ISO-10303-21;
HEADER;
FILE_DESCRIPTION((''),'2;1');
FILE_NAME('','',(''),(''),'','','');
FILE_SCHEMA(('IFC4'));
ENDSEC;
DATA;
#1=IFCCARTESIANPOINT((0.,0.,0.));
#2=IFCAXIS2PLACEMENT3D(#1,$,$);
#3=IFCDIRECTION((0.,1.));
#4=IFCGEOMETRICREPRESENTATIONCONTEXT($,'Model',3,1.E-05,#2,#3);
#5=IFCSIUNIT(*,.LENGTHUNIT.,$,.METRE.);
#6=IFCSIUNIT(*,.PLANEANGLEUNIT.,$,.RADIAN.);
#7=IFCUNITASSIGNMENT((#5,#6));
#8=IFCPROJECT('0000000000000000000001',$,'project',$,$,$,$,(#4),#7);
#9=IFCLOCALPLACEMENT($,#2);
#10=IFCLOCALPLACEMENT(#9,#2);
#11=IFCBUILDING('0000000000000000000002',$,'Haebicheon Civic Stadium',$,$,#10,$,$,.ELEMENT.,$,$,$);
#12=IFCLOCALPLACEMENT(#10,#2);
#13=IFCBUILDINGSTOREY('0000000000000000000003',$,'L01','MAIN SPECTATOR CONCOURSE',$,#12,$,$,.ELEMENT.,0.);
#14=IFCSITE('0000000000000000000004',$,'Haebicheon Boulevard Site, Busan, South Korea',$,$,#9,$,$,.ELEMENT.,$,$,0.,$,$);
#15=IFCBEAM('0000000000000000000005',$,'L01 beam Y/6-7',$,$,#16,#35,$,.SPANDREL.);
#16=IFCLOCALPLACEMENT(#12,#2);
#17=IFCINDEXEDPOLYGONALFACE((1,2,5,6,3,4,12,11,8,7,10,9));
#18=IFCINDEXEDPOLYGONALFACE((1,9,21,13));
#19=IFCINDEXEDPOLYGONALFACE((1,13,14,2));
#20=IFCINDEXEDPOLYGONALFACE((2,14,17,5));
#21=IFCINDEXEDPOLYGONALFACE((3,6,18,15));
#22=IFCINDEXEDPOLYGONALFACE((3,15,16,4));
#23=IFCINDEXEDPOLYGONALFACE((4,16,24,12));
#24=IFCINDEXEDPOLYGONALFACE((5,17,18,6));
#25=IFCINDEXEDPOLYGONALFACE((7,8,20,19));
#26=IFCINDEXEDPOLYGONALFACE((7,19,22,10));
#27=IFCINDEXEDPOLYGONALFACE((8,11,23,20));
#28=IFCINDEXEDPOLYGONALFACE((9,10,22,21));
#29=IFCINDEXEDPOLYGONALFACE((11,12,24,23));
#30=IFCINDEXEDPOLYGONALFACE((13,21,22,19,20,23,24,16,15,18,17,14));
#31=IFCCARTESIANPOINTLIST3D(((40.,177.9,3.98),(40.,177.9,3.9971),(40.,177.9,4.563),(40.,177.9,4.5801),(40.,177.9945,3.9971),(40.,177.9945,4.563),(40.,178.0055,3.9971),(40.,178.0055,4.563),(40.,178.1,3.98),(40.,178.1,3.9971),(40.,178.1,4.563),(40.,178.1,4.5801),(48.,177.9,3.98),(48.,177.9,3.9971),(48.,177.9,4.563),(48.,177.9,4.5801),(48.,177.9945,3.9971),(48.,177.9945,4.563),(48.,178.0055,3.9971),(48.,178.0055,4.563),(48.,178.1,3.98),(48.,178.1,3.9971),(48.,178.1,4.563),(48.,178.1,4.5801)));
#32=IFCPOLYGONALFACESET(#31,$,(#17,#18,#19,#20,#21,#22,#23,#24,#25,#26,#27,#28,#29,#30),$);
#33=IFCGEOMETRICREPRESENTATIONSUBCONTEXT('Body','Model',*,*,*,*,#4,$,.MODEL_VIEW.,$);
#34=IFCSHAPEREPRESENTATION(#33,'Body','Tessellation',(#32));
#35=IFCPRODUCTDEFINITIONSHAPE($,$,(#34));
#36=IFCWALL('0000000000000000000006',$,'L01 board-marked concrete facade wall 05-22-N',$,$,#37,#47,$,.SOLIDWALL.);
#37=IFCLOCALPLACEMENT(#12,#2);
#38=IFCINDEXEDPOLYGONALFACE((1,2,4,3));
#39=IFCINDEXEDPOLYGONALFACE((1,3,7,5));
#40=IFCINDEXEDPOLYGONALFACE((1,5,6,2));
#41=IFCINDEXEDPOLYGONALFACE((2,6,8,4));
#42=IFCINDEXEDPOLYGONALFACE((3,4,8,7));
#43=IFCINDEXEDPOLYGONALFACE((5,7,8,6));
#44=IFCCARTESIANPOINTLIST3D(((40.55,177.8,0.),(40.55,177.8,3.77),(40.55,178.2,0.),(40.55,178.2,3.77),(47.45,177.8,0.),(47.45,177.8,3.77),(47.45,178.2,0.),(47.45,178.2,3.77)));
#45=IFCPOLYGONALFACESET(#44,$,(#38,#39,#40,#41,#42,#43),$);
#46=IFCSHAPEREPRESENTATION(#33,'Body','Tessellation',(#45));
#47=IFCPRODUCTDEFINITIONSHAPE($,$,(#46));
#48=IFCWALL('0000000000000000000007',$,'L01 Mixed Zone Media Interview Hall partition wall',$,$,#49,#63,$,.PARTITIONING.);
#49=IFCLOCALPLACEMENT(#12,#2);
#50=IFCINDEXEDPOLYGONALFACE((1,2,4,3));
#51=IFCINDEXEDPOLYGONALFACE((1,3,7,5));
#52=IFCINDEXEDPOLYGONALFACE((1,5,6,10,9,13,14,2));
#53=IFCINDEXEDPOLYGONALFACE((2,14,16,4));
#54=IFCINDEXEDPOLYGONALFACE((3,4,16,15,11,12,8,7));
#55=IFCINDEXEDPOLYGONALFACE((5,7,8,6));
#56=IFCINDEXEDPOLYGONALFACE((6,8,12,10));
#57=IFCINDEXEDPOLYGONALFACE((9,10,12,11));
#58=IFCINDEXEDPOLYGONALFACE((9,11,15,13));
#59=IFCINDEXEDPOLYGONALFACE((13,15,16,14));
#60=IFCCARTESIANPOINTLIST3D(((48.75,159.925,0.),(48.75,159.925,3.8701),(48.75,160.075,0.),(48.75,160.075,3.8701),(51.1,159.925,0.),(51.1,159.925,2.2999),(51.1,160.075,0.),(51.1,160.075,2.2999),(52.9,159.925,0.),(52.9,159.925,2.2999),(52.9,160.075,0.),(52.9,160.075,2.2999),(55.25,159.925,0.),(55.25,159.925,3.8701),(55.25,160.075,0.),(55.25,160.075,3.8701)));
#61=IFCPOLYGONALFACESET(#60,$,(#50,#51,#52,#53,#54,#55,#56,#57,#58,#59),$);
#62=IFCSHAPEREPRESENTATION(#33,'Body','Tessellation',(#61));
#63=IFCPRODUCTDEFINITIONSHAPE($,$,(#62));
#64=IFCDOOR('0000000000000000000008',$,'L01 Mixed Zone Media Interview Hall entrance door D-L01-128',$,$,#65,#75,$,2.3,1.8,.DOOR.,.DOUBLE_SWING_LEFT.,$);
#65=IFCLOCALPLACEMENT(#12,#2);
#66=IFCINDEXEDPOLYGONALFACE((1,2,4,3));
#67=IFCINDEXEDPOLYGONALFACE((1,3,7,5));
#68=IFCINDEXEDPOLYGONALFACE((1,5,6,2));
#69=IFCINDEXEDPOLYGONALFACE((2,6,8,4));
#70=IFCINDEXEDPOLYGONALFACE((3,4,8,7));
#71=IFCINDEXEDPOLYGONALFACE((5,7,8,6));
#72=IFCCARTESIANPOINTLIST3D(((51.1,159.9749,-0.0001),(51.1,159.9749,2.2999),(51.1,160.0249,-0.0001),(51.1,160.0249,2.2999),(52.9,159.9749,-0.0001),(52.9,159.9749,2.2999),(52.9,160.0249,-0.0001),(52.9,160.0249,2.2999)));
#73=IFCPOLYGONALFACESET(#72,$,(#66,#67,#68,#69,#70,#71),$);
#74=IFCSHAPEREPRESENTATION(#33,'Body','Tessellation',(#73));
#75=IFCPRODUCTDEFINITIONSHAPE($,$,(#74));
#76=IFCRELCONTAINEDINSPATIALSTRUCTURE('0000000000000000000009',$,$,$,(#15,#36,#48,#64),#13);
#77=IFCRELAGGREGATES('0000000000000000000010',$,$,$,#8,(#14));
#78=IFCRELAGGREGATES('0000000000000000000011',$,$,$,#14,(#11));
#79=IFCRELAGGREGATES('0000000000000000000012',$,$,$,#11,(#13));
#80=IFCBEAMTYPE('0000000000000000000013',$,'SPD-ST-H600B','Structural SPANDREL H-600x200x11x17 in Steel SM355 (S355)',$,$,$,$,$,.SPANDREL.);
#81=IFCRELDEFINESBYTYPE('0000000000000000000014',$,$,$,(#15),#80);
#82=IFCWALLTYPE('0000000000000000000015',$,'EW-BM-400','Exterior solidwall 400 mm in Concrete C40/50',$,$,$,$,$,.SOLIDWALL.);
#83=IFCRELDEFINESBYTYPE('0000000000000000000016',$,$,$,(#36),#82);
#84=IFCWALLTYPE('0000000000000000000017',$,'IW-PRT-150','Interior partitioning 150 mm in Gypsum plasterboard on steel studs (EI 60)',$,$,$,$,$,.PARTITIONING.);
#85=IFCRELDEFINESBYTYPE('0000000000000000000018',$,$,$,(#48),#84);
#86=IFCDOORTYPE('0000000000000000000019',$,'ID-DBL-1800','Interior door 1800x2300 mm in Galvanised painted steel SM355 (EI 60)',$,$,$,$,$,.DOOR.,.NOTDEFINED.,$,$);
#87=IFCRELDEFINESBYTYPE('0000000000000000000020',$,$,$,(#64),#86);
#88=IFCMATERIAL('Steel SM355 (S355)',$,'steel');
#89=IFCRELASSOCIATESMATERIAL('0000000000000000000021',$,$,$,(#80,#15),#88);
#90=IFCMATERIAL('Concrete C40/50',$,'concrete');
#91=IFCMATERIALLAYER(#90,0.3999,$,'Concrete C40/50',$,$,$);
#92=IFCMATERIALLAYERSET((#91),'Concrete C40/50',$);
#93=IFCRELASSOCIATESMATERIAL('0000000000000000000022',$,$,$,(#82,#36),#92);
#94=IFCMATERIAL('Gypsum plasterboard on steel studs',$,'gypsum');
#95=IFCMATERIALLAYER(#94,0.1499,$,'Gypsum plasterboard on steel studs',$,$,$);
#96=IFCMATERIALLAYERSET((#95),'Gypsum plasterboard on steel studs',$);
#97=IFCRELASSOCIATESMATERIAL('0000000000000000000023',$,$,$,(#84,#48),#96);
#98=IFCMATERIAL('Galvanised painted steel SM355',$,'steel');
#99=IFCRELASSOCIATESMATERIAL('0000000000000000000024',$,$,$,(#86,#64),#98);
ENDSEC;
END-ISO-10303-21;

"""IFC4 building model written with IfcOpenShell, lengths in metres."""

from ifc_helpers import new_model, si_unit, direction, frame, frame_2d, origin, origin_2d, place, context, subcontext, project, spatial, rectangle, i_section, extrude, material, layer, layer_set, material_profile, profile_set, type_object, element, fill, save


model = new_model("IFC4")

# Units and contexts
model_context = context("Model", 3, precision=1e-05, world=origin(), true_north=direction((0.0, 1.0)))
body_context = subcontext(model_context, "Body", "Model", "MODEL_VIEW")
ifc_project = project(units=[si_unit("LENGTHUNIT", "METRE"), si_unit("PLANEANGLEUNIT", "RADIAN")], contexts=[model_context])

# Site, building, storey
site_placement = place(None, origin())
site = spatial("IfcSite", under=ifc_project, at=site_placement, Name="Haebicheon Boulevard Site, Busan, South Korea", CompositionType="ELEMENT", RefElevation=0.0)
building_placement = place(site_placement, origin())
building = spatial("IfcBuilding", under=site, at=building_placement, Name="Haebicheon Civic Stadium", CompositionType="ELEMENT")
storey_placement = place(building_placement, origin())
storey = spatial("IfcBuildingStorey", under=building, at=storey_placement, Name="L01", Description="MAIN SPECTATOR CONCOURSE", CompositionType="ELEMENT", Elevation=0.0)

# Beam
ifc_material_1 = material(Name="Steel SM355 (S355)", Category="steel")
ifc_material_profile_1 = material_profile(ifc_material_1, i_section(OverallWidth=0.2, OverallDepth=0.6001, WebThickness=0.011, FlangeThickness=0.0171, at=origin_2d()), Name="H-600x200x11x17")
ifc_profile_set_1 = profile_set([ifc_material_profile_1], Name="Steel SM355 (S355)")
beam_type_1 = type_object("IfcBeamType", Name="SPD-ST-H600B", Description="Structural SPANDREL H-600x200x11x17 in Steel SM355 (S355)", PredefinedType="SPANDREL", material=ifc_profile_set_1)
beam_placement = place(storey_placement, frame((40.0, 178.0, 4.28), z_axis=(1.0, 0.0, 0.0), x_axis=(0.0, 1.0, 0.0)))
element("IfcBeam", 1, at=beam_placement, inside=storey, type_object=beam_type_1, material=ifc_profile_set_1, Name="L01 beam Y/6-7", PredefinedType="SPANDREL", context=body_context, shape_type="SweptSolid", body=[
    extrude(i_section(OverallWidth=0.2, OverallDepth=0.6001, WebThickness=0.011, FlangeThickness=0.0171, at=origin_2d()), origin(), (0.0, 0.0, 1.0), 8.0),
])

# Wall
ifc_material_2 = material(Name="Concrete C40/50", Category="concrete")
ifc_layer_1 = layer(ifc_material_2, 0.3999, Name="Concrete C40/50")
ifc_layer_set_1 = layer_set([ifc_layer_1], Name="Concrete C40/50")
wall_type_1 = type_object("IfcWallType", Name="EW-BM-400", Description="Exterior solidwall 400 mm in Concrete C40/50", PredefinedType="SOLIDWALL", material=ifc_layer_set_1)
wall_1_placement = place(storey_placement, frame((40.55, 178.0, 0.0), z_axis=(0.0, 0.0, 1.0), x_axis=(1.0, 0.0, 0.0)))
element("IfcWall", 2, at=wall_1_placement, inside=storey, type_object=wall_type_1, material=ifc_layer_set_1, Name="L01 board-marked concrete facade wall 05-22-N", PredefinedType="SOLIDWALL", context=body_context, shape_type="SweptSolid", body=[
    extrude(rectangle(XDim=6.8999, YDim=0.3999, at=frame_2d((3.45, 0.0))), origin(), (0.0, 0.0, 1.0), 3.77),
])

# Wall, opening, door
ifc_material_3 = material(Name="Gypsum plasterboard on steel studs", Category="gypsum")
ifc_layer_2 = layer(ifc_material_3, 0.1499, Name="Gypsum plasterboard on steel studs")
ifc_layer_set_2 = layer_set([ifc_layer_2], Name="Gypsum plasterboard on steel studs")
wall_type_2 = type_object("IfcWallType", Name="IW-PRT-150", Description="Interior partitioning 150 mm in Gypsum plasterboard on steel studs (EI 60)", PredefinedType="PARTITIONING", material=ifc_layer_set_2)
wall_2_placement = place(storey_placement, frame((48.75, 160.0, 0.0), z_axis=(0.0, 0.0, 1.0), x_axis=(1.0, 0.0, 0.0)))
wall_2 = element("IfcWall", 3, at=wall_2_placement, inside=storey, type_object=wall_type_2, material=ifc_layer_set_2, Name="L01 Mixed Zone Media Interview Hall partition wall", PredefinedType="PARTITIONING", context=body_context, shape_type="SweptSolid", body=[
    extrude(rectangle(XDim=6.5, YDim=0.1499, at=frame_2d((3.25, 0.0))), origin(), (0.0, 0.0, 1.0), 3.8701),
])
opening_placement = place(wall_2_placement, frame((2.3501, 0.0, 0.0)))
opening = element("IfcOpeningElement", 4, at=opening_placement, cuts=wall_2, PredefinedType="OPENING", context=body_context, shape_type="SweptSolid", body=[
    extrude(rectangle(XDim=1.8, YDim=2.3, at=frame_2d((0.8999, 1.1499))), frame((0.0, 0.085, 0.0), z_axis=(0.0, -1.0, 0.0), x_axis=(1.0, 0.0, 0.0)), (0.0, 0.0, 1.0), 0.1699),
])
ifc_material_4 = material(Name="Galvanised painted steel SM355", Category="steel")
door_type = type_object("IfcDoorType", Name="ID-DBL-1800", Description="Interior door 1800x2300 mm in Galvanised painted steel SM355 (EI 60)", OperationType="NOTDEFINED", PredefinedType="DOOR", material=ifc_material_4)
door_placement = place(opening_placement, origin())
door = element("IfcDoor", 5, at=door_placement, inside=storey, type_object=door_type, material=ifc_material_4, Name="L01 Mixed Zone Media Interview Hall entrance door D-L01-128", OperationType="DOUBLE_SWING_LEFT", OverallHeight=2.3, OverallWidth=1.8, PredefinedType="DOOR", context=body_context, shape_type="SweptSolid", body=[
    extrude(rectangle(XDim=1.8, YDim=2.3, at=frame_2d((0.8999, 1.1499))), frame((0.0, 0.0249, 0.0), z_axis=(0.0, -1.0, 0.0), x_axis=(1.0, 0.0, 0.0)), (0.0, 0.0, 1.0), 0.05),
])
fill(opening, door)

save(model, "model.ifc")
